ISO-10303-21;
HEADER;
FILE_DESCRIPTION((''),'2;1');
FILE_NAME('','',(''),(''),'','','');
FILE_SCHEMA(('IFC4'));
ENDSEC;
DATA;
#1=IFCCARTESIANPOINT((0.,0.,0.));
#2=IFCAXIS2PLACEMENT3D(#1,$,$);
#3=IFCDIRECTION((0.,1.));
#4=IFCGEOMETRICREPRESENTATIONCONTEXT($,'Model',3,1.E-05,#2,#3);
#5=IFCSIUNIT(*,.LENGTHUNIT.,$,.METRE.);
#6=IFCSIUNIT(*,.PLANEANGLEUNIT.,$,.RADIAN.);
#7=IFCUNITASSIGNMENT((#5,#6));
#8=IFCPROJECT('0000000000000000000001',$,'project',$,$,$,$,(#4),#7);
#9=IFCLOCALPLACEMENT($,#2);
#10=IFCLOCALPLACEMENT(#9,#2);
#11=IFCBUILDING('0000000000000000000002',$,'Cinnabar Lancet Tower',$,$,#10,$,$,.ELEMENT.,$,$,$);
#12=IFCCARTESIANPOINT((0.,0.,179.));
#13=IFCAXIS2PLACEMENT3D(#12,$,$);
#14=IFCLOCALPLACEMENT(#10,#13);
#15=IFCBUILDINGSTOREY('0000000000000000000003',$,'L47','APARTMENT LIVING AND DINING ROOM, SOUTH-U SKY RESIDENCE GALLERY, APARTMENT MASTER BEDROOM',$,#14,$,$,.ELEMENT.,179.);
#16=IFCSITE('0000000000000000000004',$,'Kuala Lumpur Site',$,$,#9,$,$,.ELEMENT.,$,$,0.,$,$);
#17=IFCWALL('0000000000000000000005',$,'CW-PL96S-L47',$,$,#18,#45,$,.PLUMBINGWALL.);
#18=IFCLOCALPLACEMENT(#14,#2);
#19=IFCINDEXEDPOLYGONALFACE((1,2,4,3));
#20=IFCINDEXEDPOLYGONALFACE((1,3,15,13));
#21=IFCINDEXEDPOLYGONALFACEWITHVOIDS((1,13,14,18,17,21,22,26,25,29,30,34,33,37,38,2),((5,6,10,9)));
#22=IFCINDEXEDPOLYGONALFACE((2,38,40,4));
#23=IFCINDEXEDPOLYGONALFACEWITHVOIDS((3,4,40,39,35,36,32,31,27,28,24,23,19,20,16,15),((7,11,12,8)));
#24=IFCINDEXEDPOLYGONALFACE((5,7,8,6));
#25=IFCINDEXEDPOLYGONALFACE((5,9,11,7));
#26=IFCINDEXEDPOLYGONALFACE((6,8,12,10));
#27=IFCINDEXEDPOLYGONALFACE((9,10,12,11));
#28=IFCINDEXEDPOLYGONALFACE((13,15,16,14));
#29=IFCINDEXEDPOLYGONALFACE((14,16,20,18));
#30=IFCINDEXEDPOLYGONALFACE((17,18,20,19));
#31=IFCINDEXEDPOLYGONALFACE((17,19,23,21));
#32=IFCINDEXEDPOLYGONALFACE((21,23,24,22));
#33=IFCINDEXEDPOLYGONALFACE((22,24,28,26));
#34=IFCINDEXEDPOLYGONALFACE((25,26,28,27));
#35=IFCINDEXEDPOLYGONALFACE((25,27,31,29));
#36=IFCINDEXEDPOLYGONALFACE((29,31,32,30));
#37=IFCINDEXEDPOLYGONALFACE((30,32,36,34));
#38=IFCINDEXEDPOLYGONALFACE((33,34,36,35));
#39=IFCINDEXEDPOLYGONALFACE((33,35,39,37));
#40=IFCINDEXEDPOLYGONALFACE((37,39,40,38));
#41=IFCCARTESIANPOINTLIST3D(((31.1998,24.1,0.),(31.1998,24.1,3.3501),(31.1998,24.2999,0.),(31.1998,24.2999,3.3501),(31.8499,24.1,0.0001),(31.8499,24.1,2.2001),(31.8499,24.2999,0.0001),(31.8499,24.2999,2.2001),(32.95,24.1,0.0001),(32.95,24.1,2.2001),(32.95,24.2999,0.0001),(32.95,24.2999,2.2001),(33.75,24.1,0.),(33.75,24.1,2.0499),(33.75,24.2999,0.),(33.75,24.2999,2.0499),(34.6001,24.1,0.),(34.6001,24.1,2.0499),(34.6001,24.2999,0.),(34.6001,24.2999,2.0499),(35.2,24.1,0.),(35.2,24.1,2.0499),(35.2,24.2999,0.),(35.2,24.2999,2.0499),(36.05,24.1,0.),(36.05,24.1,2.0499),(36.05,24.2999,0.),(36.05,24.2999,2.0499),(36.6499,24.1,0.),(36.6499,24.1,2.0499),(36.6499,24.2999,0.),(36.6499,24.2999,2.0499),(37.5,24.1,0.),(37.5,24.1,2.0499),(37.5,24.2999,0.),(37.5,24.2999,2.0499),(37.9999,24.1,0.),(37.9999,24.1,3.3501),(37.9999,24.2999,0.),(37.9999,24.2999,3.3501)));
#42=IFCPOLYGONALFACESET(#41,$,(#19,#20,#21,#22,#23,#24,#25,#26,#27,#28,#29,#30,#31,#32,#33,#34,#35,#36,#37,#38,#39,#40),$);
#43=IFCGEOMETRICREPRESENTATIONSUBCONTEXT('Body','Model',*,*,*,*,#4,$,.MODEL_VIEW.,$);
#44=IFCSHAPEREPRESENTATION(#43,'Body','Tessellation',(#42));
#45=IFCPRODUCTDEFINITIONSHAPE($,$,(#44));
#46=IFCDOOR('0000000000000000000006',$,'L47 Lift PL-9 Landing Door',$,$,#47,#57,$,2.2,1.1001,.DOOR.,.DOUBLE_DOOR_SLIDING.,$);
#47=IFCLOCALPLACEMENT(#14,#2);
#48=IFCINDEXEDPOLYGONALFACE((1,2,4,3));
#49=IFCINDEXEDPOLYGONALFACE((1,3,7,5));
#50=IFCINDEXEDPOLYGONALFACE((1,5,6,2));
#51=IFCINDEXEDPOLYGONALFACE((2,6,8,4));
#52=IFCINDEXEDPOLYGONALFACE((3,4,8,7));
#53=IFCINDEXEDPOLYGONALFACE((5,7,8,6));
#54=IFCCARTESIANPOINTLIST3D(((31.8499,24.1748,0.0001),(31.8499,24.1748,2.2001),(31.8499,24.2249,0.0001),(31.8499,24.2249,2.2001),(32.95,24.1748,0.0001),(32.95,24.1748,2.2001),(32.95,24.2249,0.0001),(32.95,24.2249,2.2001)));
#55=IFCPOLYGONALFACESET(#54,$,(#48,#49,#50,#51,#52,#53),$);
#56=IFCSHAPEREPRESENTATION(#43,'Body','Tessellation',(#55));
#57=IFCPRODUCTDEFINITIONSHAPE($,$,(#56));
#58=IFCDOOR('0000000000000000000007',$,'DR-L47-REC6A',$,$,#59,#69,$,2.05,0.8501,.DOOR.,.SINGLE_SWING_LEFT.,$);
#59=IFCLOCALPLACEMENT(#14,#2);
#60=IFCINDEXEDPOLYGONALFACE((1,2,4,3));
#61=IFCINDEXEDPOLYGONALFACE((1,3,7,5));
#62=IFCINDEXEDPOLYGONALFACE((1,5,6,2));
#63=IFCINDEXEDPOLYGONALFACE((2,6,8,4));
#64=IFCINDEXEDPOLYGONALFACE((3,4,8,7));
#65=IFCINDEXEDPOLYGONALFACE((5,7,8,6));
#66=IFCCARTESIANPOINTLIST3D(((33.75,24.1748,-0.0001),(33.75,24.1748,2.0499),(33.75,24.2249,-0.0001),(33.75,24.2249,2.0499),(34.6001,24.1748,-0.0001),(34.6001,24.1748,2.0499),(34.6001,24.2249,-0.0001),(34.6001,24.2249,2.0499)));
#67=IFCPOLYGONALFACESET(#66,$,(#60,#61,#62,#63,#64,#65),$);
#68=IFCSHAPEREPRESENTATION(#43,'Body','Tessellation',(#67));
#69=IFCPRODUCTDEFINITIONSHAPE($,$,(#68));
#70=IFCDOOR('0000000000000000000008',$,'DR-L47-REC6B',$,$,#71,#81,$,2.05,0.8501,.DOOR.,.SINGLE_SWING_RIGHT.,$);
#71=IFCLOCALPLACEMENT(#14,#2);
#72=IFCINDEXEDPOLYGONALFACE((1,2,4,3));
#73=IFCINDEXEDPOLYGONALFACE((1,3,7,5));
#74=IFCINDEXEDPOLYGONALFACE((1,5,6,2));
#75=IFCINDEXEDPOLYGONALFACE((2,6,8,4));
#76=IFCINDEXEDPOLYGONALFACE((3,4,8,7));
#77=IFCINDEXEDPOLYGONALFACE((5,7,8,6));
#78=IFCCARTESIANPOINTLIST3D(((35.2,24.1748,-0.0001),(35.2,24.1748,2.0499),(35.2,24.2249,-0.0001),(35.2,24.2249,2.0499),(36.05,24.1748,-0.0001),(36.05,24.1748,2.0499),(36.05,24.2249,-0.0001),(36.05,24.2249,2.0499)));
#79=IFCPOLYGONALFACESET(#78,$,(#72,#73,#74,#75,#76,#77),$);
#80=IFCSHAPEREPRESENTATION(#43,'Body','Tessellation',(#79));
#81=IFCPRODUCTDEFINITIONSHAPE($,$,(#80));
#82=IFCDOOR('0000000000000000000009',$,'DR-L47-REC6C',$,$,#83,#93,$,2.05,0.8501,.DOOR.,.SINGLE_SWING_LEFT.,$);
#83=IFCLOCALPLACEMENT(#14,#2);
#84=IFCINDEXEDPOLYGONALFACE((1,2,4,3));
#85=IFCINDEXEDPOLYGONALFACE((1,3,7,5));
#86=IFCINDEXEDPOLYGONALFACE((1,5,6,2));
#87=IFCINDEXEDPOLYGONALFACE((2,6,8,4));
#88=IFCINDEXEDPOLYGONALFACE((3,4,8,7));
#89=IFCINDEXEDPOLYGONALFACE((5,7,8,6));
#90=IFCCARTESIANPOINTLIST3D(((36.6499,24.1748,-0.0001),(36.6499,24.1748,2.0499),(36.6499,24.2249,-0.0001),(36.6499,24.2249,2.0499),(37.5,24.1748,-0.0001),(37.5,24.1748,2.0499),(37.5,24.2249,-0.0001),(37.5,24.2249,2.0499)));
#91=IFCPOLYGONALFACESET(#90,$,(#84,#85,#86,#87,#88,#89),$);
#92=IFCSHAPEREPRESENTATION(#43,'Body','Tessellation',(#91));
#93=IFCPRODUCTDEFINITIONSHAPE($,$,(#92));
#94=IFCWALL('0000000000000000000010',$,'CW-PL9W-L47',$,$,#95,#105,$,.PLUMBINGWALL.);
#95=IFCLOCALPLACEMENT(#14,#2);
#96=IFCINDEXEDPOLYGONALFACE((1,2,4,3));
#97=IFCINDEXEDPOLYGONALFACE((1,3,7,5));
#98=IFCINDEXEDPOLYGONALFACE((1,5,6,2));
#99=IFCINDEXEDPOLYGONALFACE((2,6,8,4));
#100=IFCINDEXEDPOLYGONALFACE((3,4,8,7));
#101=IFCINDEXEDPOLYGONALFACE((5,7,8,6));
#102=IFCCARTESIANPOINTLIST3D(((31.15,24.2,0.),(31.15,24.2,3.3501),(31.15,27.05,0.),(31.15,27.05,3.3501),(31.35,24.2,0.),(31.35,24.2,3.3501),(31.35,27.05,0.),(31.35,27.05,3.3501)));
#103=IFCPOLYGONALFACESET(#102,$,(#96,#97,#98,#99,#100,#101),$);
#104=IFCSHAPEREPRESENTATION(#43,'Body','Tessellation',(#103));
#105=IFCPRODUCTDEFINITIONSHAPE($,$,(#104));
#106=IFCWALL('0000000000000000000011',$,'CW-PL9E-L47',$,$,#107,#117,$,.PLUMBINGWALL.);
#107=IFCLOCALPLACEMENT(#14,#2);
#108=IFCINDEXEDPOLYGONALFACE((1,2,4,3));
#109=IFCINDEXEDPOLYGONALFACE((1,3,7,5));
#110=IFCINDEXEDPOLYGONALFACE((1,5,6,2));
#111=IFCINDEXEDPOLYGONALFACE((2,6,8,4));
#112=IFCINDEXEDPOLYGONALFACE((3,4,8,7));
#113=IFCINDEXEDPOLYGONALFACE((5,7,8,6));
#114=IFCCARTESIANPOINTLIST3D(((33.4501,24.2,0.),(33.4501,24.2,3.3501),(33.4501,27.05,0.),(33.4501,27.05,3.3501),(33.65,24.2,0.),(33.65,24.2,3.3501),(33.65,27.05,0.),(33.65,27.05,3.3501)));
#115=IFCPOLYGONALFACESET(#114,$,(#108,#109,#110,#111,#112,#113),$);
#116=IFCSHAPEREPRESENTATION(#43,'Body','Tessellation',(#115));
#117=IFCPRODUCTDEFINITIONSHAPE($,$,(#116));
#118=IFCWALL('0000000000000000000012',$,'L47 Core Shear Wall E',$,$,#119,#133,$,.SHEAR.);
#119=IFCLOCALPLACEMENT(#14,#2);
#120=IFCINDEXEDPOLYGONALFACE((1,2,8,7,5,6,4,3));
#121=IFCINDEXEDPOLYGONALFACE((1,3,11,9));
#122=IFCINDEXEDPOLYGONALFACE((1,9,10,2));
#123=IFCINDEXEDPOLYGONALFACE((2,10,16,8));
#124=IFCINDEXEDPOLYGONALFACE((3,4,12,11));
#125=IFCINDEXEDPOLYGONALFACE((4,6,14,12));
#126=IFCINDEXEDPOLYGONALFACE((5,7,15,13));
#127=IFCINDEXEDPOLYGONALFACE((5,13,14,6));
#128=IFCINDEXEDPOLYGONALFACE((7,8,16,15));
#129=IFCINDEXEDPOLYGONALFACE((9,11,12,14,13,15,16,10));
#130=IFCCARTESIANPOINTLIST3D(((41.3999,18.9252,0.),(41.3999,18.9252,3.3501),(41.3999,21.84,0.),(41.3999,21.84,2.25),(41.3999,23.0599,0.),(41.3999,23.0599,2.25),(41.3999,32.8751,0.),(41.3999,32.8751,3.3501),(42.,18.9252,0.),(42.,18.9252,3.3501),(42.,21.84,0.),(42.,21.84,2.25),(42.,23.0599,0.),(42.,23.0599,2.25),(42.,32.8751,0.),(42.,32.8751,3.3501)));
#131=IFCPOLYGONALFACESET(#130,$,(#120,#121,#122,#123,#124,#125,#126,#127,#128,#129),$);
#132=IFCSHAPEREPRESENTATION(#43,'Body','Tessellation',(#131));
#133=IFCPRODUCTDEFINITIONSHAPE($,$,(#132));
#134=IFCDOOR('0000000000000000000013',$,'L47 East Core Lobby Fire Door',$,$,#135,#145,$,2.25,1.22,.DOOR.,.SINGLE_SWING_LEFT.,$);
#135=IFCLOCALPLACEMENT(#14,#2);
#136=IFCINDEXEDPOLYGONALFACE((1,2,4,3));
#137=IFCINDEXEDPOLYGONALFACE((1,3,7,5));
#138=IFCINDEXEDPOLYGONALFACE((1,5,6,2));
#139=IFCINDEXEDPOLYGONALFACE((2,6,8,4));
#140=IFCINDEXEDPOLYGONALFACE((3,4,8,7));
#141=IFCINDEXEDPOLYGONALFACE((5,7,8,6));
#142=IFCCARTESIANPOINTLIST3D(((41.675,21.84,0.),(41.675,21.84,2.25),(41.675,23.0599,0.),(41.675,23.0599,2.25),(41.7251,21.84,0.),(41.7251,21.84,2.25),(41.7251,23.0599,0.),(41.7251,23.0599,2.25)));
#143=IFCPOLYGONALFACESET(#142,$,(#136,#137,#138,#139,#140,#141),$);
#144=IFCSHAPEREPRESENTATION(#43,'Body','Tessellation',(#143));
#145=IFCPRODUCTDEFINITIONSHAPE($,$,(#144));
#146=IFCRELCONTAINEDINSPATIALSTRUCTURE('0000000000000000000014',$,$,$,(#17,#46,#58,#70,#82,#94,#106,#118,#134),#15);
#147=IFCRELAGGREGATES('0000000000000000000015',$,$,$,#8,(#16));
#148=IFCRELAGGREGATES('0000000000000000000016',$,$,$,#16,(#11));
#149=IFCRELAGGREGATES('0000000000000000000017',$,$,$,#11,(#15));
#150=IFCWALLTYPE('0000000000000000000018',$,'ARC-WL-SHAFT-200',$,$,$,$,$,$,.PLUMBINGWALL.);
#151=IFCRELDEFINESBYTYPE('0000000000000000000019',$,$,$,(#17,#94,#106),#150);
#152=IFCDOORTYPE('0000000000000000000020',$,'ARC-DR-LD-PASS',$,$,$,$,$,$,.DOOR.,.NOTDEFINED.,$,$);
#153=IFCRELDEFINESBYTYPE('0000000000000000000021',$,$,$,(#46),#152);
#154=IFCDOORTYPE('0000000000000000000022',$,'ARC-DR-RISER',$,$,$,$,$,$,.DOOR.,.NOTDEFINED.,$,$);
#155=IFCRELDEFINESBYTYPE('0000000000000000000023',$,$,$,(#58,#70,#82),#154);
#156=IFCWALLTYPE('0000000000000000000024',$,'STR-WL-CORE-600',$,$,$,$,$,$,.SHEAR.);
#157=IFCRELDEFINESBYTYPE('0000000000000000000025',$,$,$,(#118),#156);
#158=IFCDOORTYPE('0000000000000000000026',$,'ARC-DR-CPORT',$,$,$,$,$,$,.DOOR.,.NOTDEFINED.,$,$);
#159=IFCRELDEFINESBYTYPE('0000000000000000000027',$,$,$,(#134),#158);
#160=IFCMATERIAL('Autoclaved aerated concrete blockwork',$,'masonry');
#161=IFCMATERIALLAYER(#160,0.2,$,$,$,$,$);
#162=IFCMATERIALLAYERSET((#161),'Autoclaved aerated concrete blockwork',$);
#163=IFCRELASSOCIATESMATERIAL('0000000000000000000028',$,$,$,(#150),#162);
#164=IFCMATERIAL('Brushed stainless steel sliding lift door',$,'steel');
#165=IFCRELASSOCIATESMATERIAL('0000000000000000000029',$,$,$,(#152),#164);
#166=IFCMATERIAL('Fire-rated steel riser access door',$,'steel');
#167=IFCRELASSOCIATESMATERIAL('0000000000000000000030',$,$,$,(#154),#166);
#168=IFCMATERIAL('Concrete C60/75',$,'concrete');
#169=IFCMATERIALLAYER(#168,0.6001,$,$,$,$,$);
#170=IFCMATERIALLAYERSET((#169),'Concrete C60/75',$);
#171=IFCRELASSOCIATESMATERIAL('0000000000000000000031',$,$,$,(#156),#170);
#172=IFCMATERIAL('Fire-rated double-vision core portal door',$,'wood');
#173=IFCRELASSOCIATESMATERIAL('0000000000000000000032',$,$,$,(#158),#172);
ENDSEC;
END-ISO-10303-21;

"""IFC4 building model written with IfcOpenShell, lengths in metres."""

from ifc_helpers import new_model, si_unit, direction, frame, frame_2d, origin, place, context, subcontext, project, spatial, rectangle, extrude, material, layer, layer_set, type_object, element, fill, save


model = new_model("IFC4")

# Units and contexts
model_context = context("Model", 3, precision=1e-05, world=origin(), true_north=direction((0.0, 1.0)))
body_context = subcontext(model_context, "Body", "Model", "MODEL_VIEW")
ifc_project = project(units=[si_unit("LENGTHUNIT", "METRE"), si_unit("PLANEANGLEUNIT", "RADIAN")], contexts=[model_context])

# Site, building, storey
site_placement = place(None, origin())
site = spatial("IfcSite", under=ifc_project, at=site_placement, Name="Kuala Lumpur Site", CompositionType="ELEMENT", RefElevation=0.0)
building_placement = place(site_placement, origin())
building = spatial("IfcBuilding", under=site, at=building_placement, Name="Cinnabar Lancet Tower", CompositionType="ELEMENT")
storey_placement = place(building_placement, frame((0.0, 0.0, 179.0)))
storey = spatial("IfcBuildingStorey", under=building, at=storey_placement, Name="L47", Description="APARTMENT LIVING AND DINING ROOM, SOUTH-U SKY RESIDENCE GALLERY, APARTMENT MASTER BEDROOM", CompositionType="ELEMENT", Elevation=179.0)

# Shared definitions
ifc_material_1 = material(Name="Autoclaved aerated concrete blockwork", Category="masonry")
ifc_layer_1 = layer(ifc_material_1, 0.2)
ifc_layer_set_1 = layer_set([ifc_layer_1], Name="Autoclaved aerated concrete blockwork")
wall_type_1 = type_object("IfcWallType", Name="ARC-WL-SHAFT-200", PredefinedType="PLUMBINGWALL", material=ifc_layer_set_1)

# Wall, openings, doors
wall_1_placement = place(storey_placement, frame((31.2, 24.2, 0.0), z_axis=(0.0, 0.0, 1.0), x_axis=(1.0, 0.0, 0.0)))
wall_1 = element("IfcWall", 1, at=wall_1_placement, inside=storey, type_object=wall_type_1, Name="CW-PL96S-L47", PredefinedType="PLUMBINGWALL", context=body_context, shape_type="SweptSolid", body=[
    extrude(rectangle(XDim=6.8, YDim=0.2, at=frame_2d((3.3999, 0.0))), origin(), (0.0, 0.0, 1.0), 3.3501),
])
opening_1_placement = place(wall_1_placement, frame((0.6499, 0.0, 0.0)))
opening_1 = element("IfcOpeningElement", 2, at=opening_1_placement, cuts=wall_1, PredefinedType="OPENING", context=body_context, shape_type="SweptSolid", body=[
    extrude(rectangle(XDim=1.1001, YDim=2.2, at=frame_2d((0.55, 1.1001))), frame((0.0, 0.1099, 0.0), z_axis=(0.0, -1.0, 0.0), x_axis=(1.0, 0.0, 0.0)), (0.0, 0.0, 1.0), 0.22),
])
opening_2_placement = place(wall_1_placement, frame((2.55, 0.0, 0.0)))
opening_2 = element("IfcOpeningElement", 3, at=opening_2_placement, cuts=wall_1, PredefinedType="OPENING", context=body_context, shape_type="SweptSolid", body=[
    extrude(rectangle(XDim=0.8501, YDim=2.05, at=frame_2d((0.425, 1.0249))), frame((0.0, 0.1099, 0.0), z_axis=(0.0, -1.0, 0.0), x_axis=(1.0, 0.0, 0.0)), (0.0, 0.0, 1.0), 0.22),
])
opening_3_placement = place(wall_1_placement, frame((4.0, 0.0, 0.0)))
opening_3 = element("IfcOpeningElement", 4, at=opening_3_placement, cuts=wall_1, PredefinedType="OPENING", context=body_context, shape_type="SweptSolid", body=[
    extrude(rectangle(XDim=0.8501, YDim=2.05, at=frame_2d((0.425, 1.0249))), frame((0.0, 0.1099, 0.0), z_axis=(0.0, -1.0, 0.0), x_axis=(1.0, 0.0, 0.0)), (0.0, 0.0, 1.0), 0.22),
])
opening_4_placement = place(wall_1_placement, frame((5.45, 0.0, 0.0)))
opening_4 = element("IfcOpeningElement", 5, at=opening_4_placement, cuts=wall_1, PredefinedType="OPENING", context=body_context, shape_type="SweptSolid", body=[
    extrude(rectangle(XDim=0.8501, YDim=2.05, at=frame_2d((0.425, 1.0249))), frame((0.0, 0.1099, 0.0), z_axis=(0.0, -1.0, 0.0), x_axis=(1.0, 0.0, 0.0)), (0.0, 0.0, 1.0), 0.22),
])
ifc_material_2 = material(Name="Brushed stainless steel sliding lift door", Category="steel")
door_type_1 = type_object("IfcDoorType", Name="ARC-DR-LD-PASS", OperationType="NOTDEFINED", PredefinedType="DOOR", material=ifc_material_2)
door_1_placement = place(opening_1_placement, origin())
door_1 = element("IfcDoor", 6, at=door_1_placement, inside=storey, type_object=door_type_1, Name="L47 Lift PL-9 Landing Door", OperationType="DOUBLE_DOOR_SLIDING", OverallHeight=2.2, OverallWidth=1.1001, PredefinedType="DOOR", context=body_context, shape_type="SweptSolid", body=[
    extrude(rectangle(XDim=1.1001, YDim=2.2, at=frame_2d((0.55, 1.1001))), frame((0.0, 0.0249, 0.0), z_axis=(0.0, -1.0, 0.0), x_axis=(1.0, 0.0, 0.0)), (0.0, 0.0, 1.0), 0.05),
])
fill(opening_1, door_1)
ifc_material_3 = material(Name="Fire-rated steel riser access door", Category="steel")
door_type_2 = type_object("IfcDoorType", Name="ARC-DR-RISER", OperationType="NOTDEFINED", PredefinedType="DOOR", material=ifc_material_3)
door_2_placement = place(opening_2_placement, origin())
door_2 = element("IfcDoor", 7, at=door_2_placement, inside=storey, type_object=door_type_2, Name="DR-L47-REC6A", OperationType="SINGLE_SWING_LEFT", OverallHeight=2.05, OverallWidth=0.8501, PredefinedType="DOOR", context=body_context, shape_type="SweptSolid", body=[
    extrude(rectangle(XDim=0.8501, YDim=2.05, at=frame_2d((0.425, 1.0249))), frame((0.0, 0.0249, 0.0), z_axis=(0.0, -1.0, 0.0), x_axis=(1.0, 0.0, 0.0)), (0.0, 0.0, 1.0), 0.05),
])
fill(opening_2, door_2)
door_3_placement = place(opening_3_placement, origin())
door_3 = element("IfcDoor", 8, at=door_3_placement, inside=storey, type_object=door_type_2, Name="DR-L47-REC6B", OperationType="SINGLE_SWING_RIGHT", OverallHeight=2.05, OverallWidth=0.8501, PredefinedType="DOOR", context=body_context, shape_type="SweptSolid", body=[
    extrude(rectangle(XDim=0.8501, YDim=2.05, at=frame_2d((0.425, 1.0249))), frame((0.0, 0.0249, 0.0), z_axis=(0.0, -1.0, 0.0), x_axis=(1.0, 0.0, 0.0)), (0.0, 0.0, 1.0), 0.05),
])
fill(opening_3, door_3)
door_4_placement = place(opening_4_placement, origin())
door_4 = element("IfcDoor", 9, at=door_4_placement, inside=storey, type_object=door_type_2, Name="DR-L47-REC6C", OperationType="SINGLE_SWING_LEFT", OverallHeight=2.05, OverallWidth=0.8501, PredefinedType="DOOR", context=body_context, shape_type="SweptSolid", body=[
    extrude(rectangle(XDim=0.8501, YDim=2.05, at=frame_2d((0.425, 1.0249))), frame((0.0, 0.0249, 0.0), z_axis=(0.0, -1.0, 0.0), x_axis=(1.0, 0.0, 0.0)), (0.0, 0.0, 1.0), 0.05),
])
fill(opening_4, door_4)

# Walls
for number, where, z_axis, x_axis, name in (
    (10, (31.25, 24.2, 0.0), (0.0, 0.0, 1.0), (0.0, 1.0, 0.0), "CW-PL9W-L47"),
    (11, (33.55, 24.2, 0.0), (0.0, 0.0, 1.0), (0.0, 1.0, 0.0), "CW-PL9E-L47"),
):
    element("IfcWall", number, at=place(storey_placement, frame(where, z_axis=z_axis, x_axis=x_axis)), inside=storey, type_object=wall_type_1, Name=name, PredefinedType="PLUMBINGWALL", context=body_context, shape_type="SweptSolid", body=[
        extrude(rectangle(XDim=2.8501, YDim=0.2, at=frame_2d((1.425, 0.0))), origin(), (0.0, 0.0, 1.0), 3.3501),
    ])

# Wall, opening, door
ifc_material_4 = material(Name="Concrete C60/75", Category="concrete")
ifc_layer_2 = layer(ifc_material_4, 0.6001)
ifc_layer_set_2 = layer_set([ifc_layer_2], Name="Concrete C60/75")
wall_type_2 = type_object("IfcWallType", Name="STR-WL-CORE-600", PredefinedType="SHEAR", material=ifc_layer_set_2)
wall_2_placement = place(storey_placement, frame((41.7, 18.925, 0.0), z_axis=(0.0, 0.0, 1.0), x_axis=(0.0, 1.0, 0.0)))
wall_2 = element("IfcWall", 12, at=wall_2_placement, inside=storey, type_object=wall_type_2, Name="L47 Core Shear Wall E", PredefinedType="SHEAR", context=body_context, shape_type="SweptSolid", body=[
    extrude(rectangle(XDim=13.95, YDim=0.6001, at=frame_2d((6.9751, 0.0))), origin(), (0.0, 0.0, 1.0), 3.3501),
])
opening_5_placement = place(wall_2_placement, frame((2.915, 0.0, 0.0)))
opening_5 = element("IfcOpeningElement", 13, at=opening_5_placement, cuts=wall_2, PredefinedType="OPENING", context=body_context, shape_type="SweptSolid", body=[
    extrude(rectangle(XDim=1.22, YDim=2.25, at=frame_2d((0.6099, 1.125))), frame((0.0, 0.3101, 0.0), z_axis=(0.0, -1.0, 0.0), x_axis=(1.0, 0.0, 0.0)), (0.0, 0.0, 1.0), 0.6201),
])
ifc_material_5 = material(Name="Fire-rated double-vision core portal door", Category="wood")
door_type_3 = type_object("IfcDoorType", Name="ARC-DR-CPORT", OperationType="NOTDEFINED", PredefinedType="DOOR", material=ifc_material_5)
door_5_placement = place(opening_5_placement, origin())
door_5 = element("IfcDoor", 14, at=door_5_placement, inside=storey, type_object=door_type_3, Name="L47 East Core Lobby Fire Door", OperationType="SINGLE_SWING_LEFT", OverallHeight=2.25, OverallWidth=1.22, PredefinedType="DOOR", context=body_context, shape_type="SweptSolid", body=[
    extrude(rectangle(XDim=1.22, YDim=2.25, at=frame_2d((0.6099, 1.125))), frame((0.0, 0.0249, 0.0), z_axis=(0.0, -1.0, 0.0), x_axis=(1.0, 0.0, 0.0)), (0.0, 0.0, 1.0), 0.05),
])
fill(opening_5, door_5)

save(model, "model.ifc")
